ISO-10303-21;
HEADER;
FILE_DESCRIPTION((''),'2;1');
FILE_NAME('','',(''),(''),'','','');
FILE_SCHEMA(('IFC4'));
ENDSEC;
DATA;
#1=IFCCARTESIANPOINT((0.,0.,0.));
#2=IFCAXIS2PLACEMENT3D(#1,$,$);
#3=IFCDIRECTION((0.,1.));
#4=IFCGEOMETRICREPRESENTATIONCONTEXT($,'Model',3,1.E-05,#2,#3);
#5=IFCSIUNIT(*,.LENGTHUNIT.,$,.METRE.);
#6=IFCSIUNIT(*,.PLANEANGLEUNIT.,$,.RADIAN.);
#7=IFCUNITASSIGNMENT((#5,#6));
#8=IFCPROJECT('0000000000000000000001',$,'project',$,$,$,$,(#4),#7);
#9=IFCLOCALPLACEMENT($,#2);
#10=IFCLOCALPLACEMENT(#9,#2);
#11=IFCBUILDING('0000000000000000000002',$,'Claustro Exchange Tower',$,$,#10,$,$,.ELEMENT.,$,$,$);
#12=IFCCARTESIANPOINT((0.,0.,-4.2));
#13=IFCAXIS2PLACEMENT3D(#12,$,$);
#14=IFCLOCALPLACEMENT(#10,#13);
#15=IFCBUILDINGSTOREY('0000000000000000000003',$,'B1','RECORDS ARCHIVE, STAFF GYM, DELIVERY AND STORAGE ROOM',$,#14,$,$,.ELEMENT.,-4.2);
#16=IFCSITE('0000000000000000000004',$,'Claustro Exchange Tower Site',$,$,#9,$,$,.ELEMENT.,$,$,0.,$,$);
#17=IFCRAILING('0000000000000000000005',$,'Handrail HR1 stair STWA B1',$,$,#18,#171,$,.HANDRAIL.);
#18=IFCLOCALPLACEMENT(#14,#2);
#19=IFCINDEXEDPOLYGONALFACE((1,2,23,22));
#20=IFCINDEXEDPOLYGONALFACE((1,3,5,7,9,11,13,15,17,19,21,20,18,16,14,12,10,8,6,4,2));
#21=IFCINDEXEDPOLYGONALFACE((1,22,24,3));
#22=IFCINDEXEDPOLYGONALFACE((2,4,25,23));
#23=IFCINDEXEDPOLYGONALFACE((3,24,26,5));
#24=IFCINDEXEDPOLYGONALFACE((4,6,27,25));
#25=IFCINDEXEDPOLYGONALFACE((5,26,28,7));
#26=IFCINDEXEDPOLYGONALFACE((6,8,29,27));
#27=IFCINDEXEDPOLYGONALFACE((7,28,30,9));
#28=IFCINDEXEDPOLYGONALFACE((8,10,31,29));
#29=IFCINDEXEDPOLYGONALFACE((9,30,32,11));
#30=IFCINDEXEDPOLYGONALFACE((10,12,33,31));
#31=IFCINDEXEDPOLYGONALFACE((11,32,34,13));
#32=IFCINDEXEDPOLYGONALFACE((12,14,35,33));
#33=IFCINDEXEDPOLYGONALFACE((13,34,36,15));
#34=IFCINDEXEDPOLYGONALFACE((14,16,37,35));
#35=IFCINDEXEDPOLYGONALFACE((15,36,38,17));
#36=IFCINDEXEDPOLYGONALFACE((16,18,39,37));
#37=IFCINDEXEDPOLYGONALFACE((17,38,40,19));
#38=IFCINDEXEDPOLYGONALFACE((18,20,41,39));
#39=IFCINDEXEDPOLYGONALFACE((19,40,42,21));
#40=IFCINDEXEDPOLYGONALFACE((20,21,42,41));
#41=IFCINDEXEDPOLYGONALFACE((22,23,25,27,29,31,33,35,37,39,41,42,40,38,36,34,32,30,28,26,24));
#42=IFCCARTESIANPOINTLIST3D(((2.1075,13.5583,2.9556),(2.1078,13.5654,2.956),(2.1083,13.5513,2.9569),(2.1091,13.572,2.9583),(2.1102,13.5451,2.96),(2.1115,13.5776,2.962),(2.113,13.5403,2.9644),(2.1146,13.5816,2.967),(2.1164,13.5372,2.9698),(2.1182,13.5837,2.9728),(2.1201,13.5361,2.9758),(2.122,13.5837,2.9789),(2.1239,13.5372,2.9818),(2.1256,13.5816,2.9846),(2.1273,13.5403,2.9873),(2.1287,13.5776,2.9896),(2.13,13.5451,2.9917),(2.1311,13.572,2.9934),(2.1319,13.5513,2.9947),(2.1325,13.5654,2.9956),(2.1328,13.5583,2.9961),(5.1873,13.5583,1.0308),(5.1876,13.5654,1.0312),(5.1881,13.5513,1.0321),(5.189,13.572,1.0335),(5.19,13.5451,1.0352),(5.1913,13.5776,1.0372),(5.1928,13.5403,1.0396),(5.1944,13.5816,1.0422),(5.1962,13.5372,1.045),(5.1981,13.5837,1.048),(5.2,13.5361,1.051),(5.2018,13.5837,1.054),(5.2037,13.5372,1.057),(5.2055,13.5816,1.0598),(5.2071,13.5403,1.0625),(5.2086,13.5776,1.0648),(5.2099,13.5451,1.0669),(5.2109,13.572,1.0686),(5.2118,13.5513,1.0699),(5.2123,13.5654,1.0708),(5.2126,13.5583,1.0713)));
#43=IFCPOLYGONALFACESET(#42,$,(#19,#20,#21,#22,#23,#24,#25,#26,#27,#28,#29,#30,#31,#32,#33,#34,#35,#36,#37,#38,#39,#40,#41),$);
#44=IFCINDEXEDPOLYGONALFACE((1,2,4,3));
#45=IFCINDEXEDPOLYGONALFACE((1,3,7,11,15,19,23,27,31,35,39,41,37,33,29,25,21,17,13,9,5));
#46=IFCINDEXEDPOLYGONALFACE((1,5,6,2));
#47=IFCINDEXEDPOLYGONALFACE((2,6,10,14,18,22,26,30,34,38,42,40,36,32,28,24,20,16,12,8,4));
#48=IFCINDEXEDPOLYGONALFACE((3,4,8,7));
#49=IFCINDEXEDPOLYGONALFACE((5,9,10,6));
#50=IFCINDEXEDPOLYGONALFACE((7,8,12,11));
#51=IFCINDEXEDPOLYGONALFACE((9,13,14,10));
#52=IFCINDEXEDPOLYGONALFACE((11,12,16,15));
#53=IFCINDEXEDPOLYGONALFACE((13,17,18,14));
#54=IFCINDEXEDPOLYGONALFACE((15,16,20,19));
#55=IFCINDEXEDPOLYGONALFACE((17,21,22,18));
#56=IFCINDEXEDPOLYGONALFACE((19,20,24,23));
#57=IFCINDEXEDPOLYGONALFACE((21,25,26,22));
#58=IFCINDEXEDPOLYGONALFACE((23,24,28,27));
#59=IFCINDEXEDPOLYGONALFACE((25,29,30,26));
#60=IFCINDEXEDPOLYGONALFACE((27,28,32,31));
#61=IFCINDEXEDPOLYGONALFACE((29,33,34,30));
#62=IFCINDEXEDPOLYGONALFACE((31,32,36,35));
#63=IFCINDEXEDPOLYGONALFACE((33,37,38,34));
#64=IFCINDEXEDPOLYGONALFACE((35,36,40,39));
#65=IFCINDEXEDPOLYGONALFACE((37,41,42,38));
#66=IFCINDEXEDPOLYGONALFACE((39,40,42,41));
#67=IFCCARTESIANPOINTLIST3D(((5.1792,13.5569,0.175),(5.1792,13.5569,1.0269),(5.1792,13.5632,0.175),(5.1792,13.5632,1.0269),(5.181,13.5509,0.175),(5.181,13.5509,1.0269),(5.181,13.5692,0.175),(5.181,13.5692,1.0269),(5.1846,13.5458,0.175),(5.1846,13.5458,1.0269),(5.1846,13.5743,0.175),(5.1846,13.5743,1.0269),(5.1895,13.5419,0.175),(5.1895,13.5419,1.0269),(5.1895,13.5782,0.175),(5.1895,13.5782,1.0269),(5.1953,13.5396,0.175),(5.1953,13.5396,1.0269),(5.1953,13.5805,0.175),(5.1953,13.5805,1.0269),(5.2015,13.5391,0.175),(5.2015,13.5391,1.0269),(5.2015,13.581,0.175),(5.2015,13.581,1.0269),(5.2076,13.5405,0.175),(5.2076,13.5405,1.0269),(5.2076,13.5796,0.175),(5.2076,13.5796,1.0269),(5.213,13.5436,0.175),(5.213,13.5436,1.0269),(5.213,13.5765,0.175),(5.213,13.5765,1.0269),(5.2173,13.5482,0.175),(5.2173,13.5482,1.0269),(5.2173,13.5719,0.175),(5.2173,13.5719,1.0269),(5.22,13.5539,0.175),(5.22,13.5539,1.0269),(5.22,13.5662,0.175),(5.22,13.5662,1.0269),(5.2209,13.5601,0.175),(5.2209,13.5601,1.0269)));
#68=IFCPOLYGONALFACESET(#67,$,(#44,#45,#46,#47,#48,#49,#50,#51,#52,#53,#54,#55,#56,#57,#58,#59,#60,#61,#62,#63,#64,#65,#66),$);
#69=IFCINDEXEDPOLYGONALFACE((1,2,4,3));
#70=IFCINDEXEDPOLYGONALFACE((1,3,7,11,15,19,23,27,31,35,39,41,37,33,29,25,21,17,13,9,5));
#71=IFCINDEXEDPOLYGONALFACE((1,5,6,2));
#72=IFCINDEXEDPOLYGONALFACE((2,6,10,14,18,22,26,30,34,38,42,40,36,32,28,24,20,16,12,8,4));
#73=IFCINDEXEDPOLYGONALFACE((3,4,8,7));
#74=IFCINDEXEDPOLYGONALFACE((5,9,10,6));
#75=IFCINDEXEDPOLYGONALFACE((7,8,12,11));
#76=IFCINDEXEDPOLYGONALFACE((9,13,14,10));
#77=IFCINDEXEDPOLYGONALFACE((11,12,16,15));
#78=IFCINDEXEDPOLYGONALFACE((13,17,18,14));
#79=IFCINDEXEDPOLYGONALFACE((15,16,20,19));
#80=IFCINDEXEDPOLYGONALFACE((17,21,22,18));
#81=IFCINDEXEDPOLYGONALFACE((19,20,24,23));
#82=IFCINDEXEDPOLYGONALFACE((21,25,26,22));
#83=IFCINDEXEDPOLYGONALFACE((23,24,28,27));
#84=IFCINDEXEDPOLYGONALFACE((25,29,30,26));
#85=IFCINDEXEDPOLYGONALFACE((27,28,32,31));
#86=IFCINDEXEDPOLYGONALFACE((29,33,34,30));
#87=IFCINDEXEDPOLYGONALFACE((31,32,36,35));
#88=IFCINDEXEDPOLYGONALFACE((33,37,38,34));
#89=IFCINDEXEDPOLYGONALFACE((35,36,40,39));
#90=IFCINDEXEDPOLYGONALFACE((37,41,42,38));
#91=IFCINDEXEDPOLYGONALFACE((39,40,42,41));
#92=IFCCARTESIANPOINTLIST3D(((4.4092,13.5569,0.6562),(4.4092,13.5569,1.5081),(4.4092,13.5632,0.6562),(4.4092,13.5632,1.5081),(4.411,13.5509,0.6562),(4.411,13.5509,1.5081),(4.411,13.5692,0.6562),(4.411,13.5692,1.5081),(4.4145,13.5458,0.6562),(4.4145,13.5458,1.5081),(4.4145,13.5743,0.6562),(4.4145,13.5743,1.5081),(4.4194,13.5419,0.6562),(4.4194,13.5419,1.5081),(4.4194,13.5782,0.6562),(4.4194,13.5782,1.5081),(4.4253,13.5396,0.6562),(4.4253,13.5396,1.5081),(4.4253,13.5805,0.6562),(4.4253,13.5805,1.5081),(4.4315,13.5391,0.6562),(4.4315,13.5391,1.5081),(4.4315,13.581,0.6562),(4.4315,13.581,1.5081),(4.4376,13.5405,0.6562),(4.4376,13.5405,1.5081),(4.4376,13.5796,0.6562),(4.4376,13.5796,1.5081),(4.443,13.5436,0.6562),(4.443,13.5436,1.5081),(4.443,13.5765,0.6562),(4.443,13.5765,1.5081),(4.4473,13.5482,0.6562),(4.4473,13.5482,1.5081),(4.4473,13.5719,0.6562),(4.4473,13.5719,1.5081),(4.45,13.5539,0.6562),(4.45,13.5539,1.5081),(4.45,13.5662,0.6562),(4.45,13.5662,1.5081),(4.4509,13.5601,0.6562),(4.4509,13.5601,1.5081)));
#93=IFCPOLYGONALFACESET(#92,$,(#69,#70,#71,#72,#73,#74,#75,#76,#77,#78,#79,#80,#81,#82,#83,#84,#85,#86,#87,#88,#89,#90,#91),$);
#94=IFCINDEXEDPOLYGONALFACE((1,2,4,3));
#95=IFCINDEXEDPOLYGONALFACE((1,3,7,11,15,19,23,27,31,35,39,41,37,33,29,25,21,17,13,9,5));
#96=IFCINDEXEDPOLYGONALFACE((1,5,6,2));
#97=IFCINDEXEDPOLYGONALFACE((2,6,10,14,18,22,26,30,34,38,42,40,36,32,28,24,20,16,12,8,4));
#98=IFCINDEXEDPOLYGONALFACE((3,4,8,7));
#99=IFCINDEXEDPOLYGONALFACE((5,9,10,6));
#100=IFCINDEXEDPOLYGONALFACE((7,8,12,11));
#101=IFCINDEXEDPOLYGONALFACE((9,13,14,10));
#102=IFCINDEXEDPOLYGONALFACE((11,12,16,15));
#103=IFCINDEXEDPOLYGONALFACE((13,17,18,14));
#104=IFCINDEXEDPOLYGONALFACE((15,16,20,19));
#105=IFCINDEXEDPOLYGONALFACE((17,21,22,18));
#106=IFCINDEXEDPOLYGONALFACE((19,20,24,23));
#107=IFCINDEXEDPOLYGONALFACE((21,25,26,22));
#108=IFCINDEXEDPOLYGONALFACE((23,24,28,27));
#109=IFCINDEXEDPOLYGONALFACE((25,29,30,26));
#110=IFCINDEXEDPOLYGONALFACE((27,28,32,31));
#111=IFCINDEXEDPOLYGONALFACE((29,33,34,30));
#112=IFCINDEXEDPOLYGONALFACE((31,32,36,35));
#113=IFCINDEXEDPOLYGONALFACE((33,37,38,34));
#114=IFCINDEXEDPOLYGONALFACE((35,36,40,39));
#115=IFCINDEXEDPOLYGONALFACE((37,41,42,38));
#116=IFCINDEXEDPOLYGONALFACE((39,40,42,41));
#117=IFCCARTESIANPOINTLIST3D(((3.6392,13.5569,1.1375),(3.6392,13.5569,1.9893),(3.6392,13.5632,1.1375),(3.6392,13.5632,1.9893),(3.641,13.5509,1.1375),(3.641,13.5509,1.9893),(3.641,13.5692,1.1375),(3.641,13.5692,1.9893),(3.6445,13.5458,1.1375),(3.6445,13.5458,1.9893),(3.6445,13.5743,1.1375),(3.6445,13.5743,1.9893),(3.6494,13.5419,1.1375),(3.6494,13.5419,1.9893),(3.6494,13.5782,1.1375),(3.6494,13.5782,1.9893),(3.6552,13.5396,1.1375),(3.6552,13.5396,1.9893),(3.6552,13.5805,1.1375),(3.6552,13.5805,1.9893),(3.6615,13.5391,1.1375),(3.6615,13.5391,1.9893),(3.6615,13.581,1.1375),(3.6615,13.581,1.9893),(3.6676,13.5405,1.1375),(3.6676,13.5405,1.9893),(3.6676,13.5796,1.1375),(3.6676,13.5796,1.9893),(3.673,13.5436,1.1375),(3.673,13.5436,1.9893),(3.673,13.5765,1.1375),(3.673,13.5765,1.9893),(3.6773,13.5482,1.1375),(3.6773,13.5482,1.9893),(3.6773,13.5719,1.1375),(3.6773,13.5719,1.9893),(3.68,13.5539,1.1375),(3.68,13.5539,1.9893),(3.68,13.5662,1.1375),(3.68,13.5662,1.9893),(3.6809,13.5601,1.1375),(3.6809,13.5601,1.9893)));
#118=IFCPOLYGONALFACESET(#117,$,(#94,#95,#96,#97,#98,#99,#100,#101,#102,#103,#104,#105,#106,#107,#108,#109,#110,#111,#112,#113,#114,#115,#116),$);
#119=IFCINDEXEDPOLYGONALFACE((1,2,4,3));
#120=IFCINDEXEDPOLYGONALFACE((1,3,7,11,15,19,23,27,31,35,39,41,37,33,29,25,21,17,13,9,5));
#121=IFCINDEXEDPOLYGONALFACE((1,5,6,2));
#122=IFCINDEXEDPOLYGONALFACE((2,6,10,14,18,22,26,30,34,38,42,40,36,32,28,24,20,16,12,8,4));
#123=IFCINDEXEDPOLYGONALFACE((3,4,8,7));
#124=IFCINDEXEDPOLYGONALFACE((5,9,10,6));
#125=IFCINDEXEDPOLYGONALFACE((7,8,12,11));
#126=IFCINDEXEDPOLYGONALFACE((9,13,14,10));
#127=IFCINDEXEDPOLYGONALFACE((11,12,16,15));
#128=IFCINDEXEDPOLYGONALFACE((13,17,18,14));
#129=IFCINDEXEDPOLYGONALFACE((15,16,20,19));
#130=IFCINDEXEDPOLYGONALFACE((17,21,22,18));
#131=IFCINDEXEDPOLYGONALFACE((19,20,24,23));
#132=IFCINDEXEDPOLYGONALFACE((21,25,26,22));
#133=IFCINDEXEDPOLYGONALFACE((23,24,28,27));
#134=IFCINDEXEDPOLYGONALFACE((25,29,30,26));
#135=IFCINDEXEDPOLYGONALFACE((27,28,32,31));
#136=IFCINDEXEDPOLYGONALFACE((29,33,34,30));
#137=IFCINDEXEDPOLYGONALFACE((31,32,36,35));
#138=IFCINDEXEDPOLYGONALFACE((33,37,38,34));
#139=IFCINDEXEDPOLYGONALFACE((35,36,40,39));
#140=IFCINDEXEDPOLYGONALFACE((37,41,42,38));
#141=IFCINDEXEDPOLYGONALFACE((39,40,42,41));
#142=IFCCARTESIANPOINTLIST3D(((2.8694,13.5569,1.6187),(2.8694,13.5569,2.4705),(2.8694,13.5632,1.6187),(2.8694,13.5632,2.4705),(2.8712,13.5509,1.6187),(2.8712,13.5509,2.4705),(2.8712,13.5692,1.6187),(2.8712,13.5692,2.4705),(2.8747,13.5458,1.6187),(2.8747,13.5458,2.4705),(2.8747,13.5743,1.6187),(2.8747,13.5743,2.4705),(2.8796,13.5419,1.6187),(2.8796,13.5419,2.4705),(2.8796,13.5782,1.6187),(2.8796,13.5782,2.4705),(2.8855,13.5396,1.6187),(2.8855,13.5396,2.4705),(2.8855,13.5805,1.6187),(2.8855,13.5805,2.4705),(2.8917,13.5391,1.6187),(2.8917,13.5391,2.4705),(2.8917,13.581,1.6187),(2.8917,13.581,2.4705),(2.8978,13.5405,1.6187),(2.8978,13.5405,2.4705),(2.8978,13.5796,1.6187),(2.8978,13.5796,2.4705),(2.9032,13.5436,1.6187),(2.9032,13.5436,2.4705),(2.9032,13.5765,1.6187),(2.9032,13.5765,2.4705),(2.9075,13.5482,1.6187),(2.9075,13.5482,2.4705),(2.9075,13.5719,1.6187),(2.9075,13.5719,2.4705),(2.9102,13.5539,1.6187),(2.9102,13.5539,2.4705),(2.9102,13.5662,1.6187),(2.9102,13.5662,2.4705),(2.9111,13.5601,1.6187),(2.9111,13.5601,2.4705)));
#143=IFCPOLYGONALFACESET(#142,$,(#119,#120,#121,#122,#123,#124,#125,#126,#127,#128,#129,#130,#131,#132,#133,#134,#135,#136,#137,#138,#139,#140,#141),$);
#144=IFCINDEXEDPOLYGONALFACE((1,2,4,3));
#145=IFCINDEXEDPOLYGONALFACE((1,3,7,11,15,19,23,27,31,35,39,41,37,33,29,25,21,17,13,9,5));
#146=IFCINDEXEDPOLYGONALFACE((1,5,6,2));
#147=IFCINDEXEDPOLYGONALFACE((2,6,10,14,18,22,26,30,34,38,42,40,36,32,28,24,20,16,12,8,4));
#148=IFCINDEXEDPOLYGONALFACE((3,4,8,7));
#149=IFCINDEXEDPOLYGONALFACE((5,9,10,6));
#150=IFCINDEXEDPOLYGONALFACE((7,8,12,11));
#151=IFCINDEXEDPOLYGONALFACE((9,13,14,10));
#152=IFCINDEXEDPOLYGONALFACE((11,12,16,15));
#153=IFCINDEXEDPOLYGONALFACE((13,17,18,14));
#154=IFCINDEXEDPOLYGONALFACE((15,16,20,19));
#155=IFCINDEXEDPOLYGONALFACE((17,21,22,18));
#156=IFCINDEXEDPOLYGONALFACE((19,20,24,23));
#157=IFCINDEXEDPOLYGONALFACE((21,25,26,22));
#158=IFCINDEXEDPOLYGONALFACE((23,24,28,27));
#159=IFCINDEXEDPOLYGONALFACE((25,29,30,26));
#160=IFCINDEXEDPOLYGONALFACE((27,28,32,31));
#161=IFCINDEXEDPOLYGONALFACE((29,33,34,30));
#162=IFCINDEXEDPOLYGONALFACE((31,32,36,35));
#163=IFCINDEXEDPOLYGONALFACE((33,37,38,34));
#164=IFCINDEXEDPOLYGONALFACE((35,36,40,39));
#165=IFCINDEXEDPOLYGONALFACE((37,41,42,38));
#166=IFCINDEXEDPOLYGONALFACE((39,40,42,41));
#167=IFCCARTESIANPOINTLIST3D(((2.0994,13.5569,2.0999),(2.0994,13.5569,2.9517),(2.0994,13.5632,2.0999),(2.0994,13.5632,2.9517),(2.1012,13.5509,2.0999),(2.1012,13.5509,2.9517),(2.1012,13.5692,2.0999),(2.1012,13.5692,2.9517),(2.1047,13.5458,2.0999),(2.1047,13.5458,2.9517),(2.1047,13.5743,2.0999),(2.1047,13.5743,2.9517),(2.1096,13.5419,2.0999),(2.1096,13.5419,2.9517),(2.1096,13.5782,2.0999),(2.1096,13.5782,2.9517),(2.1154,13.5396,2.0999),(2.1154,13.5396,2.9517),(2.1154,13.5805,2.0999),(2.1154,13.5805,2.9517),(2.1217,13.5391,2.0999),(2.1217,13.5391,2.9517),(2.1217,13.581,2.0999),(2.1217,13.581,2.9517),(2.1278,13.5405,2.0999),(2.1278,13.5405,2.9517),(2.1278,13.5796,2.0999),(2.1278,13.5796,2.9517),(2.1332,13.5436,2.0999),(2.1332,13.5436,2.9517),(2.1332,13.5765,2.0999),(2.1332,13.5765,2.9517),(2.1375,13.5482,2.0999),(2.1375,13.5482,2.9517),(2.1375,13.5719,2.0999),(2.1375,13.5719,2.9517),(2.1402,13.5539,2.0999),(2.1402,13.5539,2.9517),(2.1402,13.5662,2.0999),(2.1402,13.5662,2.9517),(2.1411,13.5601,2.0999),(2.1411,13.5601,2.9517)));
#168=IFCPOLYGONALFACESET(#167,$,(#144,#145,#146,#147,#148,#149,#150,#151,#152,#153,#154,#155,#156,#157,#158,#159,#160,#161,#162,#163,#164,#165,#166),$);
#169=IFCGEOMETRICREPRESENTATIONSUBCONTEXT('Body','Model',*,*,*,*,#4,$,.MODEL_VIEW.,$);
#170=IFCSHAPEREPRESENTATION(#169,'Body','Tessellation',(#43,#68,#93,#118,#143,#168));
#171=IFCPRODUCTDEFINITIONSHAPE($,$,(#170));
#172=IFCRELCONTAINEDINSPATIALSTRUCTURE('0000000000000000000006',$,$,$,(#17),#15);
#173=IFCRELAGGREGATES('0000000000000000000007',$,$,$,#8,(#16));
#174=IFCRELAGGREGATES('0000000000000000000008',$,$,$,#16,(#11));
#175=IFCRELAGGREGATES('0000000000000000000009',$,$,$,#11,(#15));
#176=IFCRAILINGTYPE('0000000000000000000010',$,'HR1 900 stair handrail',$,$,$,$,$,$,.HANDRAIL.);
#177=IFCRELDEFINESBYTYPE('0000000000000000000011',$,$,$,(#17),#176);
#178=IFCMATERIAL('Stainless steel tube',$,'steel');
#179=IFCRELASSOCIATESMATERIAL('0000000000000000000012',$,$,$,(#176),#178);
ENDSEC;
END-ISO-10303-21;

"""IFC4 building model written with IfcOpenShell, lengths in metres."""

from ifc_helpers import new_model, si_unit, direction, frame, origin, origin_2d, place, context, subcontext, project, spatial, circle, extrude, material, type_object, element, save


model = new_model("IFC4")

# Units and contexts
model_context = context("Model", 3, precision=1e-05, world=origin(), true_north=direction((0.0, 1.0)))
body_context = subcontext(model_context, "Body", "Model", "MODEL_VIEW")
ifc_project = project(units=[si_unit("LENGTHUNIT", "METRE"), si_unit("PLANEANGLEUNIT", "RADIAN")], contexts=[model_context])

# Site, building, storey
site_placement = place(None, origin())
site = spatial("IfcSite", under=ifc_project, at=site_placement, Name="Claustro Exchange Tower Site", CompositionType="ELEMENT", RefElevation=0.0)
building_placement = place(site_placement, origin())
building = spatial("IfcBuilding", under=site, at=building_placement, Name="Claustro Exchange Tower", CompositionType="ELEMENT")
storey_placement = place(building_placement, frame((0.0, 0.0, -4.2)))
storey = spatial("IfcBuildingStorey", under=building, at=storey_placement, Name="B1", Description="RECORDS ARCHIVE, STAFF GYM, DELIVERY AND STORAGE ROOM", CompositionType="ELEMENT", Elevation=-4.2)

# Railing
ifc_material_1 = material(Name="Stainless steel tube", Category="steel")
railing_type = type_object("IfcRailingType", Name="HR1 900 stair handrail", PredefinedType="HANDRAIL", material=ifc_material_1)
railing_placement = place(storey_placement, frame((5.2, 13.5601, 0.175)))
element("IfcRailing", 1, at=railing_placement, inside=storey, type_object=railing_type, Name="Handrail HR1 stair STWA B1", PredefinedType="HANDRAIL", context=body_context, shape_type="SweptSolid", body=[
    extrude(circle(Radius=0.0239, at=origin_2d()), frame((0.0, 0.0, 0.876), z_axis=(-0.84801, 0.0, 0.529981), x_axis=(0.0, -1.0, 0.0)), (0.0, 0.0, 1.0), 3.6318),
    extrude(circle(Radius=0.021, at=origin_2d()), origin(), (0.0, 0.0, 1.0), 0.8518),
    extrude(circle(Radius=0.021, at=origin_2d()), frame((-0.77, 0.0, 0.4812)), (0.0, 0.0, 1.0), 0.8518),
    extrude(circle(Radius=0.021, at=origin_2d()), frame((-1.54, 0.0, 0.9624)), (0.0, 0.0, 1.0), 0.8518),
    extrude(circle(Radius=0.021, at=origin_2d()), frame((-2.3098, 0.0, 1.4436)), (0.0, 0.0, 1.0), 0.8518),
    extrude(circle(Radius=0.021, at=origin_2d()), frame((-3.0798, 0.0, 1.9248)), (0.0, 0.0, 1.0), 0.8518),
])

save(model, "model.ifc")
